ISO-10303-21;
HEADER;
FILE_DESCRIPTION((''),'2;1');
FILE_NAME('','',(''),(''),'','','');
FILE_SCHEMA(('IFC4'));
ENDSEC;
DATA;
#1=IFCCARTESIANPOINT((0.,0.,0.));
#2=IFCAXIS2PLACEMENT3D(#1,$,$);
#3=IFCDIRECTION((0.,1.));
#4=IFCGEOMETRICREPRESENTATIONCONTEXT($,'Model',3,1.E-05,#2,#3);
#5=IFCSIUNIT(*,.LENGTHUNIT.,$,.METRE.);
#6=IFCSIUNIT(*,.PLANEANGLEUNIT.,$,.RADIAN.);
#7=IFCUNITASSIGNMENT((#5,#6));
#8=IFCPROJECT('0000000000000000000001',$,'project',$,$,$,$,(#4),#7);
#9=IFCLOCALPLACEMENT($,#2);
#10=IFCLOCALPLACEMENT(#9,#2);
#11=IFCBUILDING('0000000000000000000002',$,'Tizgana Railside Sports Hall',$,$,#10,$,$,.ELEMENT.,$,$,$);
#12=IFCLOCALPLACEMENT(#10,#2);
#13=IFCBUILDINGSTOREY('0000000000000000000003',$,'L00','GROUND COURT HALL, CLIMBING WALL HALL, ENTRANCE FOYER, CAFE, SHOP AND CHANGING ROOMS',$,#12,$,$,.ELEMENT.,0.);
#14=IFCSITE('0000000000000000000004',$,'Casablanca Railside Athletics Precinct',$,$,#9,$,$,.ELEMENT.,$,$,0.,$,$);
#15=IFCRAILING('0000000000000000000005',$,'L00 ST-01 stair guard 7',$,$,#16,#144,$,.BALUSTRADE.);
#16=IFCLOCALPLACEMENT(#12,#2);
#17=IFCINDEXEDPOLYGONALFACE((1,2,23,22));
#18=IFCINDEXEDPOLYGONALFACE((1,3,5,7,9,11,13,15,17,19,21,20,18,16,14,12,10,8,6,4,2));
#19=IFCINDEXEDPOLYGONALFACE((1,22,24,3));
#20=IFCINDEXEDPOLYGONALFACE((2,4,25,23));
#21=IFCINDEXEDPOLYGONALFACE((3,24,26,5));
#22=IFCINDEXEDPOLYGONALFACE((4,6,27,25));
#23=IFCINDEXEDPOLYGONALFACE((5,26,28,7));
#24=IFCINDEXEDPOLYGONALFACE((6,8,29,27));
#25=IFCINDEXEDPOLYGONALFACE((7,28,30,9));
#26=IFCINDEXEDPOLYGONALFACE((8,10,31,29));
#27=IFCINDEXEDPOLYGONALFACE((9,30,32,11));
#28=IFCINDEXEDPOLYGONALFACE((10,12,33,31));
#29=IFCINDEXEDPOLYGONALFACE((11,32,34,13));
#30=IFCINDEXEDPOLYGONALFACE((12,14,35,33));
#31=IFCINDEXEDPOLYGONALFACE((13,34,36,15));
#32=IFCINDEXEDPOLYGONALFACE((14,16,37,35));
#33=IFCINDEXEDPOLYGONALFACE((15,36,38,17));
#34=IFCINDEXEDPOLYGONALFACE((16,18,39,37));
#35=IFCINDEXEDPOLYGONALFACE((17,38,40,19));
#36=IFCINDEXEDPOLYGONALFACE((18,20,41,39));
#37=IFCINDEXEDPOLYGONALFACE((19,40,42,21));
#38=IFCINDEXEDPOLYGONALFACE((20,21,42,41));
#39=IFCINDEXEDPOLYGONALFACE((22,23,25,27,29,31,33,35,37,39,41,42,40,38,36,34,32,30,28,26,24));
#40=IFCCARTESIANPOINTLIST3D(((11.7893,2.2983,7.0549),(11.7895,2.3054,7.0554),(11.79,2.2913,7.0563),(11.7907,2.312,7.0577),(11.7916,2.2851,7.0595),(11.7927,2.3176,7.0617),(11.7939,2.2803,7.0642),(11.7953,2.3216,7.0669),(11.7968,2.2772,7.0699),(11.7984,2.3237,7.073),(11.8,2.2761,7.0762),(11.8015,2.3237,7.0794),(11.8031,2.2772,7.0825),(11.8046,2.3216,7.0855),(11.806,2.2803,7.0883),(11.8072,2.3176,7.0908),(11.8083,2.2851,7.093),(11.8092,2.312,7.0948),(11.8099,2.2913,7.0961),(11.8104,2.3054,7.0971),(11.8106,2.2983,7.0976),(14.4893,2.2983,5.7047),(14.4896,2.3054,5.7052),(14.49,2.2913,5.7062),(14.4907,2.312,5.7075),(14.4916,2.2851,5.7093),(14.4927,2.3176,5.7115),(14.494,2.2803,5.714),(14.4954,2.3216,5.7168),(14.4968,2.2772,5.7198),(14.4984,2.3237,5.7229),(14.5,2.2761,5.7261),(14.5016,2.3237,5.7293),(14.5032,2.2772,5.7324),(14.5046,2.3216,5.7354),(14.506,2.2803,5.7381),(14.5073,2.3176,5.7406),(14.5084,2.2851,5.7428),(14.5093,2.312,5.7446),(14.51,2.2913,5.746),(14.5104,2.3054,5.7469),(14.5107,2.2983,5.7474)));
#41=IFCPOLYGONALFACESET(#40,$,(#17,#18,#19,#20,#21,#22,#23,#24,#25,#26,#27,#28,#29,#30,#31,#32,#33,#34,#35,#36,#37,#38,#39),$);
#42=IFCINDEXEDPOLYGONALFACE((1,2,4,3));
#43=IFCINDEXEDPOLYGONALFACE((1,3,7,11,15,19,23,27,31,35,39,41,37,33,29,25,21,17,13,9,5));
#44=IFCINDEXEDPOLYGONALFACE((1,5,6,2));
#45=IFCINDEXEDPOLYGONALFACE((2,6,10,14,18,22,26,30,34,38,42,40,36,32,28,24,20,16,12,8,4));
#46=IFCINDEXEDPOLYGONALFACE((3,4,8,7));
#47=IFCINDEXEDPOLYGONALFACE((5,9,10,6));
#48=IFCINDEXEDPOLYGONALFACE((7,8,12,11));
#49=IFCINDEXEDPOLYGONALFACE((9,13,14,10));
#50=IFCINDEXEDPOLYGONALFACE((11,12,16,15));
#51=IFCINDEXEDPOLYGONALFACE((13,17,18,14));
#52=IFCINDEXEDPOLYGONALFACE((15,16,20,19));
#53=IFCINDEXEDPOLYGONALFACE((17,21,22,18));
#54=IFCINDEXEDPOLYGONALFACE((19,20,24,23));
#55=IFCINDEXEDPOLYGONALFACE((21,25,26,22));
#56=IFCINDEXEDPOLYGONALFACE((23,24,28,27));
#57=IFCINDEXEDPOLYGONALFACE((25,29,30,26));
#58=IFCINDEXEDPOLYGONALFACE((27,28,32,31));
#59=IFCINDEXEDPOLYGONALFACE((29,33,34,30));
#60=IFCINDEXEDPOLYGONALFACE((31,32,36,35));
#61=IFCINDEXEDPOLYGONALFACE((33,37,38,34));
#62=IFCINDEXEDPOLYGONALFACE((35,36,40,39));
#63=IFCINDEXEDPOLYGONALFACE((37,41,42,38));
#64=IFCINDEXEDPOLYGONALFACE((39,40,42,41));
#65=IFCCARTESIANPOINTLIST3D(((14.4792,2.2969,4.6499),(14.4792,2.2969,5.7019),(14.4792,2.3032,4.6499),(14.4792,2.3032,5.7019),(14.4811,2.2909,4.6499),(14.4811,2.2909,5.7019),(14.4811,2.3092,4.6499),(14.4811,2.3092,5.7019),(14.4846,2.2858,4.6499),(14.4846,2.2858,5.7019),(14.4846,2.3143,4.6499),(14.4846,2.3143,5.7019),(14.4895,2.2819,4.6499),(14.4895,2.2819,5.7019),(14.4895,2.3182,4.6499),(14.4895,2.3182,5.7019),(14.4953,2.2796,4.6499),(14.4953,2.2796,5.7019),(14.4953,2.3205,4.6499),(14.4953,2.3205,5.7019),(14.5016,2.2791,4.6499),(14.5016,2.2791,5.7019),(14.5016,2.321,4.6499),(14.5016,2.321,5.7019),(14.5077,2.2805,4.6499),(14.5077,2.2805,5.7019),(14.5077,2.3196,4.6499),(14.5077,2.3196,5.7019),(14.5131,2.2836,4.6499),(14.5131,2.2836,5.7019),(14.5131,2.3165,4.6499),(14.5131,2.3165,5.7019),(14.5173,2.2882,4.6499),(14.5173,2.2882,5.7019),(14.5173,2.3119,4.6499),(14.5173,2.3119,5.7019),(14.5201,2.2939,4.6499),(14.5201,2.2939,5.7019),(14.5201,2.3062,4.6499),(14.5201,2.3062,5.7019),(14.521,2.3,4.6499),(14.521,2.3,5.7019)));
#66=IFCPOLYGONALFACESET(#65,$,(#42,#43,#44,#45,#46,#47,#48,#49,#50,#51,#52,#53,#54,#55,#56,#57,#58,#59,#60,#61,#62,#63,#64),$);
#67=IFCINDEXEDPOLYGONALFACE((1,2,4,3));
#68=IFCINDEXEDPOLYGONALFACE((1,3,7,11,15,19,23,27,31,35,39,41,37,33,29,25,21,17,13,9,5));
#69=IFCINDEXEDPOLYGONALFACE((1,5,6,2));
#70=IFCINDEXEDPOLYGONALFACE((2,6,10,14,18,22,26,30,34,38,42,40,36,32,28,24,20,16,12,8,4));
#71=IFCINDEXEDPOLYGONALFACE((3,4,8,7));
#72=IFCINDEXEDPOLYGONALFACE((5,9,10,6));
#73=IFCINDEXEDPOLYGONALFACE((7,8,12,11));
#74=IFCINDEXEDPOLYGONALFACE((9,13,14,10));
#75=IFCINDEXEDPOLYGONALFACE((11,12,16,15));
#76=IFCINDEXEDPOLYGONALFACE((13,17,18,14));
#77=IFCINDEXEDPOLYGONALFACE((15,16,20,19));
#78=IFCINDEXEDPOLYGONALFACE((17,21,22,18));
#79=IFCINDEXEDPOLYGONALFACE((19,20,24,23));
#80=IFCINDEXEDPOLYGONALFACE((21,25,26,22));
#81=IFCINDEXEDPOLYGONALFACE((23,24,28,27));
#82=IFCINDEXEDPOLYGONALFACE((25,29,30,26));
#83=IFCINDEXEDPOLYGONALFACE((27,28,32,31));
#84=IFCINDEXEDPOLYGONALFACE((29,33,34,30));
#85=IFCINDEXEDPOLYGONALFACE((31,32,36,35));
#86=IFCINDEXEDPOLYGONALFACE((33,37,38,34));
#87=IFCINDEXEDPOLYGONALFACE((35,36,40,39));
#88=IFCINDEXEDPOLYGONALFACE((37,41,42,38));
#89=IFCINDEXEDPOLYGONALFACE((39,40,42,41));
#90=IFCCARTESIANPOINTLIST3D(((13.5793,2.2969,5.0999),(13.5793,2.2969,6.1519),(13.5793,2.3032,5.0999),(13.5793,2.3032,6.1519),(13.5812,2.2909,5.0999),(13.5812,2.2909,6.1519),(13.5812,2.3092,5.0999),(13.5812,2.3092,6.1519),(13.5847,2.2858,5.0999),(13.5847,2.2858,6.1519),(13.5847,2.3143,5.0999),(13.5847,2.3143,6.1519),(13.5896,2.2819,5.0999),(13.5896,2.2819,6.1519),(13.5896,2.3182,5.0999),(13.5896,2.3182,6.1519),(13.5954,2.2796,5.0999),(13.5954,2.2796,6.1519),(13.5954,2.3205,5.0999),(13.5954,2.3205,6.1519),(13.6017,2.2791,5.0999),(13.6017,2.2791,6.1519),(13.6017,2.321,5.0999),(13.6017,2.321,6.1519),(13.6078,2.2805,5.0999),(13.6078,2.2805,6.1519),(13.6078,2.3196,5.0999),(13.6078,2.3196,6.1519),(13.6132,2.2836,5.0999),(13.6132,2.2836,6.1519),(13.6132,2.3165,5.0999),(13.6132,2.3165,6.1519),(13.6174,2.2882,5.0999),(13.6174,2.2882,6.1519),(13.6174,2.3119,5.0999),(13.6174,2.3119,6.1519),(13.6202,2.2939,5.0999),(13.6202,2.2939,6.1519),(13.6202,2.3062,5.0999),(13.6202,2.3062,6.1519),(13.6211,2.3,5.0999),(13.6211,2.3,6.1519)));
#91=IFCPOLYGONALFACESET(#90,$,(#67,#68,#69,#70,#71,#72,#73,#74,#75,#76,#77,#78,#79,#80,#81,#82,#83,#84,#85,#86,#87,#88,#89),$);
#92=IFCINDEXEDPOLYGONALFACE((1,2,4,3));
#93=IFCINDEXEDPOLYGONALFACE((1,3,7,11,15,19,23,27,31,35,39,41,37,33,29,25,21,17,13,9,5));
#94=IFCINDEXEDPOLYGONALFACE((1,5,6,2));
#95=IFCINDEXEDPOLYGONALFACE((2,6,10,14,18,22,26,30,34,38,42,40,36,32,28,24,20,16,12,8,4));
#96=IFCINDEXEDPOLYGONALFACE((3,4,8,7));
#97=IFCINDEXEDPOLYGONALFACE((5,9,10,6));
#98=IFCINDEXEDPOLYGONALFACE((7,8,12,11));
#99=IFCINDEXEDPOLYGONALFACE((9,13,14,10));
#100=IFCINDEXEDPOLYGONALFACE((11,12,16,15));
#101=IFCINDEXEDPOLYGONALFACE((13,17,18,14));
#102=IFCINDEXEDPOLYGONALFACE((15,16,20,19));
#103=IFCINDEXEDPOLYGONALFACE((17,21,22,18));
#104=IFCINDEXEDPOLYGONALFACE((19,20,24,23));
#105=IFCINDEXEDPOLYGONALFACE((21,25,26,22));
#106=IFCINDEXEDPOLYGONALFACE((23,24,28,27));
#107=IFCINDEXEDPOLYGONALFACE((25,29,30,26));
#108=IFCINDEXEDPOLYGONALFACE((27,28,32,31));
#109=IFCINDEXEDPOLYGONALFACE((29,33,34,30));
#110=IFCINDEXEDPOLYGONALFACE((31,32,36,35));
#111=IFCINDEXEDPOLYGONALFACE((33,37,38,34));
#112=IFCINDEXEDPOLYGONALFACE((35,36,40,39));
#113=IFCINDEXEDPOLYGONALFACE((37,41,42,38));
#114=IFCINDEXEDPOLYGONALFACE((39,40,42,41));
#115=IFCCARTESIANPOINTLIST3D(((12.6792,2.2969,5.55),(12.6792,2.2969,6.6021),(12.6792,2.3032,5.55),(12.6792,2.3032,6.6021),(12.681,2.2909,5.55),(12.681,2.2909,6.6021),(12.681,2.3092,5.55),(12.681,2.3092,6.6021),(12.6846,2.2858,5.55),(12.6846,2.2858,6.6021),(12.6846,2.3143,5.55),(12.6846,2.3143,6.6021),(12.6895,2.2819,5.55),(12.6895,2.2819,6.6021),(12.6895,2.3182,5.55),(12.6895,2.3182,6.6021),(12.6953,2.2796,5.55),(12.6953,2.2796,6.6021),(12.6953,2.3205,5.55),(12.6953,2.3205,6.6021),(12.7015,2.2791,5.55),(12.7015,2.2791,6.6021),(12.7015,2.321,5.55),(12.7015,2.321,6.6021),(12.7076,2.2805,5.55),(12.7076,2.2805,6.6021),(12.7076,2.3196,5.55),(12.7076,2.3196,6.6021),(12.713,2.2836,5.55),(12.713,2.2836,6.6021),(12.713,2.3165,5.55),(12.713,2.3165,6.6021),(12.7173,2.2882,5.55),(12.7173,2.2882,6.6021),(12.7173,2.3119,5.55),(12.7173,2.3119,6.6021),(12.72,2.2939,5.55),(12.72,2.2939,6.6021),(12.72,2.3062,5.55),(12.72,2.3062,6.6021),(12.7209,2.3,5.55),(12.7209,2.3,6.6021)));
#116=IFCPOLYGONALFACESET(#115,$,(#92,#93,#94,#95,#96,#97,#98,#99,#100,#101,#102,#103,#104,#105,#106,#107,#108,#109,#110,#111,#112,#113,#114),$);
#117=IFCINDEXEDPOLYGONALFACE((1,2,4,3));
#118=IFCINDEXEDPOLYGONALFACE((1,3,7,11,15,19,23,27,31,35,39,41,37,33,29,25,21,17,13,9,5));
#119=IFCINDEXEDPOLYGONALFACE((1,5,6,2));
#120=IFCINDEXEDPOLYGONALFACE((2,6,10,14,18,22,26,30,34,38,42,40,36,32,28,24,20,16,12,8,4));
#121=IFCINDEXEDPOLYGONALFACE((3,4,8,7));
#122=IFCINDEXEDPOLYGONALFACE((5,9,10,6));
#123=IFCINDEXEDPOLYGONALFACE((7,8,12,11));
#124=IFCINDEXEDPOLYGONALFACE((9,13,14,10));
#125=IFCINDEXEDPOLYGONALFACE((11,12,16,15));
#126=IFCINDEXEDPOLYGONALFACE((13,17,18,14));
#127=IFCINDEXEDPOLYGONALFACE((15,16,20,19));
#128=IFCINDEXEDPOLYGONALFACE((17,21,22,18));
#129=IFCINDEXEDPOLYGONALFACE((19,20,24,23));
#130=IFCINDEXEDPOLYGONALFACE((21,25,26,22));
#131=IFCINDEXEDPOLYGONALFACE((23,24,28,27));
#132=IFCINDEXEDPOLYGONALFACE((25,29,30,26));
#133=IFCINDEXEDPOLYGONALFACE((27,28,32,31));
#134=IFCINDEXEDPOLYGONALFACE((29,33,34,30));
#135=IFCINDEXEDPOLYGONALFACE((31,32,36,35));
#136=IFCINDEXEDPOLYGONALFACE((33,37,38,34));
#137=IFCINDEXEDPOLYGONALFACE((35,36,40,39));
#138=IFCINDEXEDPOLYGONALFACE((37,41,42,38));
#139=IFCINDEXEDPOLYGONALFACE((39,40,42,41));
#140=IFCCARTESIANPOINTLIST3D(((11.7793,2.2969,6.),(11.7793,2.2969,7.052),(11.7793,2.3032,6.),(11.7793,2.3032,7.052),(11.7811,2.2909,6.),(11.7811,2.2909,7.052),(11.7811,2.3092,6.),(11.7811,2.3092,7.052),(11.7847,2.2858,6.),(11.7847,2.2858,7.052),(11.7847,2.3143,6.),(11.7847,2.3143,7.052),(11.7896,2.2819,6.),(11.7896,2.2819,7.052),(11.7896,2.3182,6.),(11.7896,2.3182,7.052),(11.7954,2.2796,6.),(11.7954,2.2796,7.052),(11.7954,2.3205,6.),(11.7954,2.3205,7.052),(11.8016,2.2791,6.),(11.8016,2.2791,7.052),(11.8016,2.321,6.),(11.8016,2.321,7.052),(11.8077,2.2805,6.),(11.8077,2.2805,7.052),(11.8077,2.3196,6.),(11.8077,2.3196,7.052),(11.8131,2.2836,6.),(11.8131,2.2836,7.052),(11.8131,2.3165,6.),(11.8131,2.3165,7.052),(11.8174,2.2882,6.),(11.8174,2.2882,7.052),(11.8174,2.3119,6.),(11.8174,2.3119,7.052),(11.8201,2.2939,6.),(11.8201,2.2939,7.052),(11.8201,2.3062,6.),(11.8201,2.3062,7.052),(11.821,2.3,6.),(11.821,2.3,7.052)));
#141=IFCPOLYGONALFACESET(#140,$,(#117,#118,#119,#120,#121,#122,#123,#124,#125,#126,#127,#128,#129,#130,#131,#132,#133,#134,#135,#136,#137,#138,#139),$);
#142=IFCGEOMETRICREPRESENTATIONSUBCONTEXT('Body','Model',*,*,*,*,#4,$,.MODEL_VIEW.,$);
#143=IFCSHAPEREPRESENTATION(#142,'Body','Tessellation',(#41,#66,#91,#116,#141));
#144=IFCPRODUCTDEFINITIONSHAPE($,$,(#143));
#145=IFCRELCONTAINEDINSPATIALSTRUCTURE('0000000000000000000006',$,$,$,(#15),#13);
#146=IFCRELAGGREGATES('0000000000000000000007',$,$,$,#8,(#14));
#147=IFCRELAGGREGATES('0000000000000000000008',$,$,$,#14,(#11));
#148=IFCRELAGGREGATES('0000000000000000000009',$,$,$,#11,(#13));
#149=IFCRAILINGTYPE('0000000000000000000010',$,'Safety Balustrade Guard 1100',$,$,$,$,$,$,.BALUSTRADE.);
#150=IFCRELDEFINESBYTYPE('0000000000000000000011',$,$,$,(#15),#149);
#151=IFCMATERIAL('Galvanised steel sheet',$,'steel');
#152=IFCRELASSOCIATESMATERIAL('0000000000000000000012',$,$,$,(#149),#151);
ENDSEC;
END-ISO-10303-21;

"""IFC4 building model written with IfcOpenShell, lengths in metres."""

from ifc_helpers import new_model, si_unit, direction, frame, origin, origin_2d, place, context, subcontext, project, spatial, circle, extrude, material, type_object, element, save


model = new_model("IFC4")

# Units and contexts
model_context = context("Model", 3, precision=1e-05, world=origin(), true_north=direction((0.0, 1.0)))
body_context = subcontext(model_context, "Body", "Model", "MODEL_VIEW")
ifc_project = project(units=[si_unit("LENGTHUNIT", "METRE"), si_unit("PLANEANGLEUNIT", "RADIAN")], contexts=[model_context])

# Site, building, storey
site_placement = place(None, origin())
site = spatial("IfcSite", under=ifc_project, at=site_placement, Name="Casablanca Railside Athletics Precinct", CompositionType="ELEMENT", RefElevation=0.0)
building_placement = place(site_placement, origin())
building = spatial("IfcBuilding", under=site, at=building_placement, Name="Tizgana Railside Sports Hall", CompositionType="ELEMENT")
storey_placement = place(building_placement, origin())
storey = spatial("IfcBuildingStorey", under=building, at=storey_placement, Name="L00", Description="GROUND COURT HALL, CLIMBING WALL HALL, ENTRANCE FOYER, CAFE, SHOP AND CHANGING ROOMS", CompositionType="ELEMENT", Elevation=0.0)

# Railing
ifc_material_1 = material(Name="Galvanised steel sheet", Category="steel")
railing_type_1 = type_object("IfcRailingType", Name="Safety Balustrade Guard 1100", PredefinedType="BALUSTRADE", material=ifc_material_1)
railing_1_placement = place(storey_placement, frame((14.5, 2.3, 4.6499)))
element("IfcRailing", 1, at=railing_1_placement, inside=storey, type_object=railing_type_1, Name="L00 ST-01 stair guard 7", PredefinedType="BALUSTRADE", context=body_context, shape_type="SweptSolid", body=[
    extrude(circle(Radius=0.0239, at=origin_2d()), frame((0.0, 0.0, 1.0762), z_axis=(-0.894411, 0.0, 0.447246), x_axis=(0.0, -1.0, 0.0)), (0.0, 0.0, 1.0), 3.0188),
    extrude(circle(Radius=0.021, at=origin_2d()), origin(), (0.0, 0.0, 1.0), 1.052),
    extrude(circle(Radius=0.021, at=origin_2d()), frame((-0.8999, 0.0, 0.45)), (0.0, 0.0, 1.0), 1.052),
    extrude(circle(Radius=0.021, at=origin_2d()), frame((-1.8, 0.0, 0.9001)), (0.0, 0.0, 1.0), 1.052),
    extrude(circle(Radius=0.021, at=origin_2d()), frame((-2.7, 0.0, 1.3501)), (0.0, 0.0, 1.0), 1.052),
])

save(model, "model.ifc")
